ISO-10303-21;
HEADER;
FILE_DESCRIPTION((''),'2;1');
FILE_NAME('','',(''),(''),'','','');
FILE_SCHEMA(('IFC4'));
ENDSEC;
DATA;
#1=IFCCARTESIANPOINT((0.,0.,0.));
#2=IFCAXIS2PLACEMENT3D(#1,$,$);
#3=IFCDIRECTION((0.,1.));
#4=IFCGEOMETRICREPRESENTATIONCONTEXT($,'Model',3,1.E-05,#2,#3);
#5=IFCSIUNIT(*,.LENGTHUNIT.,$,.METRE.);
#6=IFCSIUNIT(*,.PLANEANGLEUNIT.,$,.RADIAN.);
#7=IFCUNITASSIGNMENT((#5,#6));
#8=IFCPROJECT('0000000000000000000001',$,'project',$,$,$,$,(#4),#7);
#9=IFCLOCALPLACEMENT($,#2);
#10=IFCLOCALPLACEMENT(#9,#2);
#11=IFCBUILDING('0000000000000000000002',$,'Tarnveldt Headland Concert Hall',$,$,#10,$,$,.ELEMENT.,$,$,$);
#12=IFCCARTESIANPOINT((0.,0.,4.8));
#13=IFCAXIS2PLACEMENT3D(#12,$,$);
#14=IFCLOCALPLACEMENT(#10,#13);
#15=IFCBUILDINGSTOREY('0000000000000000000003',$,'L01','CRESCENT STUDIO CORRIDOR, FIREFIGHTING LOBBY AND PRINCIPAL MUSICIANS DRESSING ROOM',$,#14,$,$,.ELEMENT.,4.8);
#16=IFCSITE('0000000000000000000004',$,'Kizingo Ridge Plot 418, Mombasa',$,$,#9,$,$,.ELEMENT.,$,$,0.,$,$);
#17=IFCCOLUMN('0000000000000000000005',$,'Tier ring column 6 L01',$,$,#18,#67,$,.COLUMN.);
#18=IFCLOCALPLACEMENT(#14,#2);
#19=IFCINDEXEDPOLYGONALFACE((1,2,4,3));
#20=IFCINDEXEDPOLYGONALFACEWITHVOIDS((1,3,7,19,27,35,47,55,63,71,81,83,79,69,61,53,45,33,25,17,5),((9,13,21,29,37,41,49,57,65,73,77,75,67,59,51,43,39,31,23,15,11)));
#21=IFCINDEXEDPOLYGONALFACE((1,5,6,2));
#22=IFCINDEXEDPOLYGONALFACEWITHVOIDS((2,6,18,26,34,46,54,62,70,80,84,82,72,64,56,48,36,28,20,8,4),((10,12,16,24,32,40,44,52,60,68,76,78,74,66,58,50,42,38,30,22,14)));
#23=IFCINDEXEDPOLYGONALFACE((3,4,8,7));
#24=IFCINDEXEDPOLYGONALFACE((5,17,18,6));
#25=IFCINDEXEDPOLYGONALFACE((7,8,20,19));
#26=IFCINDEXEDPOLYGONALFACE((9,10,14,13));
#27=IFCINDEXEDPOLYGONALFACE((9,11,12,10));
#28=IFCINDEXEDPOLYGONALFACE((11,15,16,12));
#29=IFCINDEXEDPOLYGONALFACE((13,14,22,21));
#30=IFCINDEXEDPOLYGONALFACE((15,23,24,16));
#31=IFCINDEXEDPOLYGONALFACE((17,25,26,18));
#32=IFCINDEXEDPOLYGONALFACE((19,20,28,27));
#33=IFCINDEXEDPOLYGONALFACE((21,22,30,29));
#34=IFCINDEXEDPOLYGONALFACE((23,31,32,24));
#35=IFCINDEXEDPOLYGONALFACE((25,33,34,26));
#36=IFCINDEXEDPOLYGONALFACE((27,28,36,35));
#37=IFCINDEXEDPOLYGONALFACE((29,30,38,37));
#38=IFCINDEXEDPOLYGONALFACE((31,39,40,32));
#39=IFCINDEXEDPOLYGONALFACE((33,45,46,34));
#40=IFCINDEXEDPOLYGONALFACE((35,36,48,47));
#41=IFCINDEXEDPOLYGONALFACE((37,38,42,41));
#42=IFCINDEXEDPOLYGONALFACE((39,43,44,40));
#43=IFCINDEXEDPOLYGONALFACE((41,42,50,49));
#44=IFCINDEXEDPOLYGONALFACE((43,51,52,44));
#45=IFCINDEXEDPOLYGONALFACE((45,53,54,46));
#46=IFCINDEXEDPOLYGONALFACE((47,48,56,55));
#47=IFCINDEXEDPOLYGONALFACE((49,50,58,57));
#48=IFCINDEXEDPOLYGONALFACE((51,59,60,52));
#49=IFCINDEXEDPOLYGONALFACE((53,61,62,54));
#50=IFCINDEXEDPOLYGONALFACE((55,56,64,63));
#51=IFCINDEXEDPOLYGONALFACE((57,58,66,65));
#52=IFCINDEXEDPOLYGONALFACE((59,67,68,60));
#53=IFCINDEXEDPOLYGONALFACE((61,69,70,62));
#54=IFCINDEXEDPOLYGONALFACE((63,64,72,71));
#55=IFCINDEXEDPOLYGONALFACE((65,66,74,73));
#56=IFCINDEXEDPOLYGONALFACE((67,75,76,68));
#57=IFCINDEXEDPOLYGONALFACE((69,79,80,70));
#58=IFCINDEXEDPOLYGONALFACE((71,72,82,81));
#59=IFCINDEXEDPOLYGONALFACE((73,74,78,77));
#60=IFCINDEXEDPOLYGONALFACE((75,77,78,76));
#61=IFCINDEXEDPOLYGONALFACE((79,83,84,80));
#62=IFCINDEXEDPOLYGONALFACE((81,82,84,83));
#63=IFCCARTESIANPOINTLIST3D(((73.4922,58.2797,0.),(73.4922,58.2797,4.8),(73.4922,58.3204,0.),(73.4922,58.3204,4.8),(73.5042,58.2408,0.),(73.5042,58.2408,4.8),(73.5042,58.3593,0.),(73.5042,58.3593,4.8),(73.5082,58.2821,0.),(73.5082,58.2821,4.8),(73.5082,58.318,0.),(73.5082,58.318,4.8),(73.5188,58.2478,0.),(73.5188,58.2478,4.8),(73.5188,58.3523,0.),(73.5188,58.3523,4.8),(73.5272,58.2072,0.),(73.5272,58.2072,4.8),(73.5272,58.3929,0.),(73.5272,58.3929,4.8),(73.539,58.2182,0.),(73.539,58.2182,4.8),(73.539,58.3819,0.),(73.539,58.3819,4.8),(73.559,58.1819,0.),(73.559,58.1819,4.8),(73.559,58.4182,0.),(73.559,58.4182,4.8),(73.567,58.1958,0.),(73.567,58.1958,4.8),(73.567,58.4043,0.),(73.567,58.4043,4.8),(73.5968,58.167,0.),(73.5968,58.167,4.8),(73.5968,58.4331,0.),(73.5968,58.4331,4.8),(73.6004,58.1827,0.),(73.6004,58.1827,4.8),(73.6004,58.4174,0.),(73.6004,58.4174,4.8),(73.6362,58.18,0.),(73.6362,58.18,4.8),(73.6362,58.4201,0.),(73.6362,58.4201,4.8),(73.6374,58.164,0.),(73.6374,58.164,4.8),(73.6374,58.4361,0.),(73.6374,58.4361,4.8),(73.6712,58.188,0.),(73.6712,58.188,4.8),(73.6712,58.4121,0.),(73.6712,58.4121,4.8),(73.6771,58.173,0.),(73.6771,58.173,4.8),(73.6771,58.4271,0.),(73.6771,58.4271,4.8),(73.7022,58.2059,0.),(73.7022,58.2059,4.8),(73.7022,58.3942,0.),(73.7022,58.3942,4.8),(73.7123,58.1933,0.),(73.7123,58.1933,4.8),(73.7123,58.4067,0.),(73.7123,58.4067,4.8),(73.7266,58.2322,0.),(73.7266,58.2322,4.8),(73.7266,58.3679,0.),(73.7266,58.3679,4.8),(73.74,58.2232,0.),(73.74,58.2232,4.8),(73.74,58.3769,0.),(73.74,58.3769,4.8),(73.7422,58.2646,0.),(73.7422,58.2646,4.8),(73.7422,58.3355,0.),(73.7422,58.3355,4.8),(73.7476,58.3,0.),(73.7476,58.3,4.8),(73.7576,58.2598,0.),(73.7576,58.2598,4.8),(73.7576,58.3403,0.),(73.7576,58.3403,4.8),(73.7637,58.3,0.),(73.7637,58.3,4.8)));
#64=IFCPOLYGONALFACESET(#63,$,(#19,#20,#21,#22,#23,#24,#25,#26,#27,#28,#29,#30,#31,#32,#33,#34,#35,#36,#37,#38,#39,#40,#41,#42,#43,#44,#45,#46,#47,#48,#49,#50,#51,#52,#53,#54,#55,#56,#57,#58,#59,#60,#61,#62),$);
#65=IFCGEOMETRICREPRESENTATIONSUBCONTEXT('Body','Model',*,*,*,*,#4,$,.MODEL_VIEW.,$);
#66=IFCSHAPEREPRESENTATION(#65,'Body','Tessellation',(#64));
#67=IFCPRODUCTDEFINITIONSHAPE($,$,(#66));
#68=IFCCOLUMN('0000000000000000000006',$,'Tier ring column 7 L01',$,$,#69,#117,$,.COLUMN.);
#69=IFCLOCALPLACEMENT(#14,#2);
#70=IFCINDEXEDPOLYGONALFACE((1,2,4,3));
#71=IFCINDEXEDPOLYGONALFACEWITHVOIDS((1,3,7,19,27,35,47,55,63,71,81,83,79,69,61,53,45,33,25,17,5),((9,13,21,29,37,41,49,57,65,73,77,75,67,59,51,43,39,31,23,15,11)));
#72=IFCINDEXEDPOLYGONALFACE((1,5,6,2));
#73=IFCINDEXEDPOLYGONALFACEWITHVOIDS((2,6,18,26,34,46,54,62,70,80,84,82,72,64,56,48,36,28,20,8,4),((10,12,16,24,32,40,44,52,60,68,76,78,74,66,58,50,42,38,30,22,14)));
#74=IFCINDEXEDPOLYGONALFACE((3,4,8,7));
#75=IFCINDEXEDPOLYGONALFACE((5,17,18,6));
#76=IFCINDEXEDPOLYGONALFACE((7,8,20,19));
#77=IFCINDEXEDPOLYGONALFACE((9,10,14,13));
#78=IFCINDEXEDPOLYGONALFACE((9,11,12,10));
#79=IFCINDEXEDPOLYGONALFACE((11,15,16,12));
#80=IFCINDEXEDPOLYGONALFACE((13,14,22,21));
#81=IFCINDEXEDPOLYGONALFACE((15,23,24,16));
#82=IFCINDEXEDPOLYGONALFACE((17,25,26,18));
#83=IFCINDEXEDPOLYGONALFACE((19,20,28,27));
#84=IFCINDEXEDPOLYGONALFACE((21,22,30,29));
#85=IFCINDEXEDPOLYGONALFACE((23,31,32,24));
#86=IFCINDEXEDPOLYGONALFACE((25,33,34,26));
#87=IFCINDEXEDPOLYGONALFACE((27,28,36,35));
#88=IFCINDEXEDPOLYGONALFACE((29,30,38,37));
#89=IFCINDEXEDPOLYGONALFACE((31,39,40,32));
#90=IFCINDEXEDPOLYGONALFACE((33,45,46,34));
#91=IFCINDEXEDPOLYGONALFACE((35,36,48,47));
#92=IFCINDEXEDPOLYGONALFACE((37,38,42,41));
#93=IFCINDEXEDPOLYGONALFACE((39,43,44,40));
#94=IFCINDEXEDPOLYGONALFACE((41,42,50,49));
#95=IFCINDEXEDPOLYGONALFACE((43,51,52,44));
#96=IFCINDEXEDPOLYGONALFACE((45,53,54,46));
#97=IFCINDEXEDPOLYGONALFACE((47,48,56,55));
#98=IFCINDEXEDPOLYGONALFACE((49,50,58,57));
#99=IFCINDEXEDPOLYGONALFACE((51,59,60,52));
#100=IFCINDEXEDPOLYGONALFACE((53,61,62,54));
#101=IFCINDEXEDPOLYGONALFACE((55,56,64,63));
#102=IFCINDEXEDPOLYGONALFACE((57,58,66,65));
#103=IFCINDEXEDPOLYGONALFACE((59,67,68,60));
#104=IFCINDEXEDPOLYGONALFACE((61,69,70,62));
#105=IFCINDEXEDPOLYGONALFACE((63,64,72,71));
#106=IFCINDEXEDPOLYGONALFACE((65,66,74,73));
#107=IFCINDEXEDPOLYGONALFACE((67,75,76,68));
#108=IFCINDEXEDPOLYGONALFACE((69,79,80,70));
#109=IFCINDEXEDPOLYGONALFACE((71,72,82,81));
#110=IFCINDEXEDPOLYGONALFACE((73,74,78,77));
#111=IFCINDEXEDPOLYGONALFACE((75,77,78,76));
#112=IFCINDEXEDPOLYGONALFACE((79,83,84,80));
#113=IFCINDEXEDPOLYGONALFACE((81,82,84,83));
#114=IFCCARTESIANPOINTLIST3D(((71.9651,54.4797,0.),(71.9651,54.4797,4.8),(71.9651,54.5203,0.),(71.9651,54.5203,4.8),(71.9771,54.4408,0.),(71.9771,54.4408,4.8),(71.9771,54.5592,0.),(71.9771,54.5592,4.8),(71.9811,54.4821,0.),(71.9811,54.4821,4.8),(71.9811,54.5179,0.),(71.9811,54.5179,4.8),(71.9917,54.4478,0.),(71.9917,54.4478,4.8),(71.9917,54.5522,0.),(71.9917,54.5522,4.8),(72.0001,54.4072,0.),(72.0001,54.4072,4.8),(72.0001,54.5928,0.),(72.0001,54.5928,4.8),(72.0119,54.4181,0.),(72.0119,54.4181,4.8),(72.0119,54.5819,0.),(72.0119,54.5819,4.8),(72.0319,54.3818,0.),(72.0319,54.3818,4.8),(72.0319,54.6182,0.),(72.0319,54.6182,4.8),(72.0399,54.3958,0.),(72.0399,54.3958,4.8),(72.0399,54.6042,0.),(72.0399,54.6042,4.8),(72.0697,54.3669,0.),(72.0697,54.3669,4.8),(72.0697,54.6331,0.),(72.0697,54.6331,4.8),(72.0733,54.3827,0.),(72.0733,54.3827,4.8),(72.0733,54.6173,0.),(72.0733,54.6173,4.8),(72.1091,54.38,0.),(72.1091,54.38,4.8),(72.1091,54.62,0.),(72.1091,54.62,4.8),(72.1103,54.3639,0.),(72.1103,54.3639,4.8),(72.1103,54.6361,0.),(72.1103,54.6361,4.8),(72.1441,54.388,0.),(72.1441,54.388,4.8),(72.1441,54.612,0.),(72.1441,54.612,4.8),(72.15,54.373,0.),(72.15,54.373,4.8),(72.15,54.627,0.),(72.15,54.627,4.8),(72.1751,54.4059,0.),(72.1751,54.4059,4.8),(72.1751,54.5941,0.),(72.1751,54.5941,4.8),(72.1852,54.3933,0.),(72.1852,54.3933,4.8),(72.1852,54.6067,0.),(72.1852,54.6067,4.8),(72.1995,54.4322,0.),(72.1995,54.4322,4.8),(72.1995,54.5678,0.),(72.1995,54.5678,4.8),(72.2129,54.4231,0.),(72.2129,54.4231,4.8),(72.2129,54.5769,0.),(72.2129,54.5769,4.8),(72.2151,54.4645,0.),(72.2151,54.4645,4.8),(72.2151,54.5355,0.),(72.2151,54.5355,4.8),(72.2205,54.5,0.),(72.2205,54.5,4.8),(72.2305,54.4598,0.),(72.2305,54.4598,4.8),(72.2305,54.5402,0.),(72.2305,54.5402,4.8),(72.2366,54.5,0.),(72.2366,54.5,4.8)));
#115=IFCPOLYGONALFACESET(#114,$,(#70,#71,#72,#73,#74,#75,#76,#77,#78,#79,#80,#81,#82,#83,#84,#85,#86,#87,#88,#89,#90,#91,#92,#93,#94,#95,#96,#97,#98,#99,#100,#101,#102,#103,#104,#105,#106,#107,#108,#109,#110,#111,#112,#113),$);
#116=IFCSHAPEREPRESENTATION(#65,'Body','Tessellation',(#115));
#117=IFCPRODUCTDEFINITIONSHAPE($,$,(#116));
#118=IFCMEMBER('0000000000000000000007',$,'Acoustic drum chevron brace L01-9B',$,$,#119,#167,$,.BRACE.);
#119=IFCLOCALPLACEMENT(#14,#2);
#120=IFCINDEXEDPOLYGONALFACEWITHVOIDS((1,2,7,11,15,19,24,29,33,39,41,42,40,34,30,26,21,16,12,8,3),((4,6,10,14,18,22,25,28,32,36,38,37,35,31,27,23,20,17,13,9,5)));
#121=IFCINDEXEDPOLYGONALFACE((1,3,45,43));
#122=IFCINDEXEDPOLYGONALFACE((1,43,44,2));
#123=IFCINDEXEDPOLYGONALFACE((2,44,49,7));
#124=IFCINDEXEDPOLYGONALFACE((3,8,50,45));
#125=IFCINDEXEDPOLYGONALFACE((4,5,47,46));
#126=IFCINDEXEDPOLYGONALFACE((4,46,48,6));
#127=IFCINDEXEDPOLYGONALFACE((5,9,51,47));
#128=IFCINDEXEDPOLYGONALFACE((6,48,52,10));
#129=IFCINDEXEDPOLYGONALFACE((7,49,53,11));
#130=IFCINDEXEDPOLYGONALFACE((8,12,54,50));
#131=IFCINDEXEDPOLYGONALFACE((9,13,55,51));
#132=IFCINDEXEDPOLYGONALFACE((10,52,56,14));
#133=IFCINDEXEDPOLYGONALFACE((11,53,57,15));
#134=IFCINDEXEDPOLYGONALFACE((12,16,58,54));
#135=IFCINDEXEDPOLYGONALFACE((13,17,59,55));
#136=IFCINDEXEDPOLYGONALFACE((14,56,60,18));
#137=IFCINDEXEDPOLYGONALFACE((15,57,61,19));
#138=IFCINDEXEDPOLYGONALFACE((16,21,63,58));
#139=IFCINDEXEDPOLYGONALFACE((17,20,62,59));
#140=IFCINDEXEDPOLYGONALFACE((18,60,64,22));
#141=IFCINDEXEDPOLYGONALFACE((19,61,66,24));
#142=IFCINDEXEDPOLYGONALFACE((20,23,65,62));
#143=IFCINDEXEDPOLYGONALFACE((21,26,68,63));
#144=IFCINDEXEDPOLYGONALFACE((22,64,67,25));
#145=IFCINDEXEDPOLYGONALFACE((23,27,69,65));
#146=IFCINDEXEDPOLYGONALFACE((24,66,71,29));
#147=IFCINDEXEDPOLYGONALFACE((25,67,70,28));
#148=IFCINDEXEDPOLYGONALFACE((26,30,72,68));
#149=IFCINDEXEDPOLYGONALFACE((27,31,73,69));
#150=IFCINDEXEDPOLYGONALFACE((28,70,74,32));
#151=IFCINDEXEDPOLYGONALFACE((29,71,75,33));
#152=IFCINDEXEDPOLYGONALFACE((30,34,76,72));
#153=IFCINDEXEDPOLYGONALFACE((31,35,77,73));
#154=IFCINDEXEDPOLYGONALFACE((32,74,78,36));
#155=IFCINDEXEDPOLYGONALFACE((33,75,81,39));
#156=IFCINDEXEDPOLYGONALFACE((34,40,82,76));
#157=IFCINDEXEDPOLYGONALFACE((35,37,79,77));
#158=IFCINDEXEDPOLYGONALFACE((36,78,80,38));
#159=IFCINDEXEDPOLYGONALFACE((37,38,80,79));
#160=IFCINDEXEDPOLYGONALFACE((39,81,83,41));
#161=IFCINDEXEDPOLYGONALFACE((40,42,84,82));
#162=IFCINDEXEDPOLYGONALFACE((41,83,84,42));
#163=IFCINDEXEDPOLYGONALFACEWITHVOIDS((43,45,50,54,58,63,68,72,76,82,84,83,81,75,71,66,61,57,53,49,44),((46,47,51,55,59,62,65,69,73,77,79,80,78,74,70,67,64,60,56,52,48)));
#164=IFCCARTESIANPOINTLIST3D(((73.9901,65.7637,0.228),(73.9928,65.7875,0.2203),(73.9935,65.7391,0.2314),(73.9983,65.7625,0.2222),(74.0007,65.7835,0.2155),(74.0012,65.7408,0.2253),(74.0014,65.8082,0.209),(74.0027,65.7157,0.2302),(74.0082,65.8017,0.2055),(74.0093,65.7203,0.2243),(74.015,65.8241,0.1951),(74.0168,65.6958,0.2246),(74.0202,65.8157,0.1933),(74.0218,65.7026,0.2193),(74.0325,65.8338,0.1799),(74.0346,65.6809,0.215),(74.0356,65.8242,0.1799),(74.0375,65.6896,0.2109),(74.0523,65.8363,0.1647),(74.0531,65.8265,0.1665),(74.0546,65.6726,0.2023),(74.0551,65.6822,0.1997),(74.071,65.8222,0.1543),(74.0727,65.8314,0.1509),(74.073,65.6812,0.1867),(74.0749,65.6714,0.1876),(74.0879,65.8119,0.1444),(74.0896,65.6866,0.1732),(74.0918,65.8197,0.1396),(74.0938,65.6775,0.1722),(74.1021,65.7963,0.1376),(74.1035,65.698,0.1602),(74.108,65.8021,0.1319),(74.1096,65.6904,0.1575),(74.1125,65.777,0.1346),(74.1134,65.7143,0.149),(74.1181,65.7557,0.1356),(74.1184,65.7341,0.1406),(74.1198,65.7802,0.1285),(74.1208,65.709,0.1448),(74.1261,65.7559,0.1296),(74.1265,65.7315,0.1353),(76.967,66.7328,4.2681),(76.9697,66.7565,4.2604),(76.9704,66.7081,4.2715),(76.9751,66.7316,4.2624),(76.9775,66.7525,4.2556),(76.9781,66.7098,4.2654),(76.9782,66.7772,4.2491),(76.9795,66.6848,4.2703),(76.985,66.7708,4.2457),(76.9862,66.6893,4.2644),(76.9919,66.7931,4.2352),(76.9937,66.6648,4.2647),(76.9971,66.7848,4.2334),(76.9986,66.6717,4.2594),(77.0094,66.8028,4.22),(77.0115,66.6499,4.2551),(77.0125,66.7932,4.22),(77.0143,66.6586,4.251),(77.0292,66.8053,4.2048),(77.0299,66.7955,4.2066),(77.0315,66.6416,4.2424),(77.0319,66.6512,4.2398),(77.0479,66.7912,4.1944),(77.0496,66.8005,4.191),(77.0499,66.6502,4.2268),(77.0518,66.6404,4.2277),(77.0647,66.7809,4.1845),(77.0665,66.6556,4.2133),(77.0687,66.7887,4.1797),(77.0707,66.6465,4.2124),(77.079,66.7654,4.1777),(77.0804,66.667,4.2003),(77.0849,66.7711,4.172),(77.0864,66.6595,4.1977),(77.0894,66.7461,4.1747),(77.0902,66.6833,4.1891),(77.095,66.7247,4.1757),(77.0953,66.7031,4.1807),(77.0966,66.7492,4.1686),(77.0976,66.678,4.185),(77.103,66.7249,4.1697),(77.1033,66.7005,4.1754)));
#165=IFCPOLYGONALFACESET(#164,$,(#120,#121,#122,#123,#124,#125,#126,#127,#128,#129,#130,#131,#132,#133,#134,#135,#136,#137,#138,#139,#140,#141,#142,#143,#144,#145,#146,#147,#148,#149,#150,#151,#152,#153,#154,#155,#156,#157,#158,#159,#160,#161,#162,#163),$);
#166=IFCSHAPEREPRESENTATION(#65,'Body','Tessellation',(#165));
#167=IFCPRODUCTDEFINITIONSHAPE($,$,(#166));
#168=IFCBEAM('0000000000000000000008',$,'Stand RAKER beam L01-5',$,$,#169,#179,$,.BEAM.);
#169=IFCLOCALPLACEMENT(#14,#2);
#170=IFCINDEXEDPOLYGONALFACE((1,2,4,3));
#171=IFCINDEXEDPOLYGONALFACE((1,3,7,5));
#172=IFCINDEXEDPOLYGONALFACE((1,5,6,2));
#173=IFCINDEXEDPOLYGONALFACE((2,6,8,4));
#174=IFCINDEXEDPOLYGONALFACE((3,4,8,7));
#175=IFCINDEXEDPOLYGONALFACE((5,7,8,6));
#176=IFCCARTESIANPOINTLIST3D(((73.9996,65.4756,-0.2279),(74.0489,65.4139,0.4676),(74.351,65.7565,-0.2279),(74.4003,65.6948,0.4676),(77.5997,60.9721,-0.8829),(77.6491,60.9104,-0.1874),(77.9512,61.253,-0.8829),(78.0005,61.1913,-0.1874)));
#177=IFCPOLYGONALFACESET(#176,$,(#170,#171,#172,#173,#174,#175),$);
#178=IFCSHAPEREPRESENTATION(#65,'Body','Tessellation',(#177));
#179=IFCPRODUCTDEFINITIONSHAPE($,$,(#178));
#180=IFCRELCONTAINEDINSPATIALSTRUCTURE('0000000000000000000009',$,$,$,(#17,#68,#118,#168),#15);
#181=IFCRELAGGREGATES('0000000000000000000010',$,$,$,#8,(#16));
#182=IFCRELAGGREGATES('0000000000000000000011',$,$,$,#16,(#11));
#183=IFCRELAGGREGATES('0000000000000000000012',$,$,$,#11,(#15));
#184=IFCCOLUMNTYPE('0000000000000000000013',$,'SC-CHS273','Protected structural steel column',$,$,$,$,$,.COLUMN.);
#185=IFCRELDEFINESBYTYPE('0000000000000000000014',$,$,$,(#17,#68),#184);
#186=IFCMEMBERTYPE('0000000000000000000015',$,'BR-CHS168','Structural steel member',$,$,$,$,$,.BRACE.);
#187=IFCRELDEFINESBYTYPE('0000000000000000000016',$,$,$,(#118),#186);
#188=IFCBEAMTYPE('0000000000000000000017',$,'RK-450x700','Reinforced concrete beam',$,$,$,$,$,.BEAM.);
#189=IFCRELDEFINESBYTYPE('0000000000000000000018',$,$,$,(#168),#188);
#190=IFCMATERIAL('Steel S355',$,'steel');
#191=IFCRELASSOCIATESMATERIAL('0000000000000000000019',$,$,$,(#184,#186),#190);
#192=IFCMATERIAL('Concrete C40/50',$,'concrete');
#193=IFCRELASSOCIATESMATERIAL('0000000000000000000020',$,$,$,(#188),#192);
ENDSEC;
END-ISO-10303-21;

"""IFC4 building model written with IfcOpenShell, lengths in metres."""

from ifc_helpers import new_model, si_unit, direction, frame, origin, origin_2d, place, context, subcontext, project, spatial, rectangle, hollow_circle, extrude, material, material_profile, profile_set, type_object, element, save


model = new_model("IFC4")

# Units and contexts
model_context = context("Model", 3, precision=1e-05, world=origin(), true_north=direction((0.0, 1.0)))
body_context = subcontext(model_context, "Body", "Model", "MODEL_VIEW")
ifc_project = project(units=[si_unit("LENGTHUNIT", "METRE"), si_unit("PLANEANGLEUNIT", "RADIAN")], contexts=[model_context])

# Site, building, storey
site_placement = place(None, origin())
site = spatial("IfcSite", under=ifc_project, at=site_placement, Name="Kizingo Ridge Plot 418, Mombasa", CompositionType="ELEMENT", RefElevation=0.0)
building_placement = place(site_placement, origin())
building = spatial("IfcBuilding", under=site, at=building_placement, Name="Tarnveldt Headland Concert Hall", CompositionType="ELEMENT")
storey_placement = place(building_placement, frame((0.0, 0.0, 4.8)))
storey = spatial("IfcBuildingStorey", under=building, at=storey_placement, Name="L01", Description="CRESCENT STUDIO CORRIDOR, FIREFIGHTING LOBBY AND PRINCIPAL MUSICIANS DRESSING ROOM", CompositionType="ELEMENT", Elevation=4.8)

# Columns
ifc_material_1 = material(Name="Concrete C40/50", Category="concrete")
ifc_material_2 = material(Name="Steel S355", Category="steel")
ifc_material_profile_1 = material_profile(ifc_material_2, hollow_circle(Radius=0.1365, WallThickness=0.0161, at=origin_2d()), Name="CHS 273x16", Category="steel")
ifc_profile_set_1 = profile_set([ifc_material_profile_1], Name="Steel S355")
column_type_1 = type_object("IfcColumnType", Name="SC-CHS273", Description="Protected structural steel column", PredefinedType="COLUMN", material=ifc_profile_set_1)
for number, where, z_axis, x_axis, name in (
    (1, (73.6272, 58.3, 0.0), (0.0, 0.0, 1.0), (1.0, 0.0, 0.0), "Tier ring column 6 L01"),
    (2, (72.1001, 54.5, 0.0), (0.0, 0.0, 1.0), (1.0, 0.0, 0.0), "Tier ring column 7 L01"),
):
    element("IfcColumn", number, at=place(storey_placement, frame(where, z_axis=z_axis, x_axis=x_axis)), inside=storey, type_object=column_type_1, Name=name, PredefinedType="COLUMN", context=body_context, shape_type="SweptSolid", body=[
        extrude(hollow_circle(Radius=0.1365, WallThickness=0.0161, at=origin_2d()), origin(), (0.0, 0.0, 1.0), 4.8),
    ])

# Member
ifc_material_profile_2 = material_profile(ifc_material_2, hollow_circle(Radius=0.0842, WallThickness=0.01, at=origin_2d()), Name="CHS 168.3x10", Category="steel")
ifc_profile_set_2 = profile_set([ifc_material_profile_2], Name="Steel S355")
member_type_1 = type_object("IfcMemberType", Name="BR-CHS168", Description="Structural steel member", PredefinedType="BRACE", material=ifc_profile_set_2)
member_1_placement = place(storey_placement, frame((74.0586, 65.7537, 0.1799), z_axis=(0.582432, 0.18959, 0.790461), x_axis=(-0.309529, 0.95089, 0.0)))
element("IfcMember", 3, at=member_1_placement, inside=storey, type_object=member_type_1, Name="Acoustic drum chevron brace L01-9B", PredefinedType="BRACE", context=body_context, shape_type="SweptSolid", body=[
    extrude(hollow_circle(Radius=0.0842, WallThickness=0.01, at=origin_2d()), origin(), (0.0, 0.0, 1.0), 5.1111),
])

# Beam
ifc_material_profile_3 = material_profile(ifc_material_1, rectangle(XDim=0.45, YDim=0.7, at=origin_2d()), Name="RAKER RC 450x700", Category="concrete")
ifc_profile_set_3 = profile_set([ifc_material_profile_3], Name="Concrete C40/50")
beam_type_1 = type_object("IfcBeamType", Name="RK-450x700", Description="Reinforced concrete beam", PredefinedType="BEAM", material=ifc_profile_set_3)
beam_1_placement = place(storey_placement, frame((74.2, 65.5852, 0.1199), z_axis=(0.620425, -0.776099, -0.112885), x_axis=(0.781092, 0.624416, 0.0)))
element("IfcBeam", 4, at=beam_1_placement, inside=storey, type_object=beam_type_1, Name="Stand RAKER beam L01-5", PredefinedType="BEAM", context=body_context, shape_type="SweptSolid", body=[
    extrude(rectangle(XDim=0.45, YDim=0.7, at=origin_2d()), origin(), (0.0, 0.0, 1.0), 5.8027),
])

save(model, "model.ifc")
